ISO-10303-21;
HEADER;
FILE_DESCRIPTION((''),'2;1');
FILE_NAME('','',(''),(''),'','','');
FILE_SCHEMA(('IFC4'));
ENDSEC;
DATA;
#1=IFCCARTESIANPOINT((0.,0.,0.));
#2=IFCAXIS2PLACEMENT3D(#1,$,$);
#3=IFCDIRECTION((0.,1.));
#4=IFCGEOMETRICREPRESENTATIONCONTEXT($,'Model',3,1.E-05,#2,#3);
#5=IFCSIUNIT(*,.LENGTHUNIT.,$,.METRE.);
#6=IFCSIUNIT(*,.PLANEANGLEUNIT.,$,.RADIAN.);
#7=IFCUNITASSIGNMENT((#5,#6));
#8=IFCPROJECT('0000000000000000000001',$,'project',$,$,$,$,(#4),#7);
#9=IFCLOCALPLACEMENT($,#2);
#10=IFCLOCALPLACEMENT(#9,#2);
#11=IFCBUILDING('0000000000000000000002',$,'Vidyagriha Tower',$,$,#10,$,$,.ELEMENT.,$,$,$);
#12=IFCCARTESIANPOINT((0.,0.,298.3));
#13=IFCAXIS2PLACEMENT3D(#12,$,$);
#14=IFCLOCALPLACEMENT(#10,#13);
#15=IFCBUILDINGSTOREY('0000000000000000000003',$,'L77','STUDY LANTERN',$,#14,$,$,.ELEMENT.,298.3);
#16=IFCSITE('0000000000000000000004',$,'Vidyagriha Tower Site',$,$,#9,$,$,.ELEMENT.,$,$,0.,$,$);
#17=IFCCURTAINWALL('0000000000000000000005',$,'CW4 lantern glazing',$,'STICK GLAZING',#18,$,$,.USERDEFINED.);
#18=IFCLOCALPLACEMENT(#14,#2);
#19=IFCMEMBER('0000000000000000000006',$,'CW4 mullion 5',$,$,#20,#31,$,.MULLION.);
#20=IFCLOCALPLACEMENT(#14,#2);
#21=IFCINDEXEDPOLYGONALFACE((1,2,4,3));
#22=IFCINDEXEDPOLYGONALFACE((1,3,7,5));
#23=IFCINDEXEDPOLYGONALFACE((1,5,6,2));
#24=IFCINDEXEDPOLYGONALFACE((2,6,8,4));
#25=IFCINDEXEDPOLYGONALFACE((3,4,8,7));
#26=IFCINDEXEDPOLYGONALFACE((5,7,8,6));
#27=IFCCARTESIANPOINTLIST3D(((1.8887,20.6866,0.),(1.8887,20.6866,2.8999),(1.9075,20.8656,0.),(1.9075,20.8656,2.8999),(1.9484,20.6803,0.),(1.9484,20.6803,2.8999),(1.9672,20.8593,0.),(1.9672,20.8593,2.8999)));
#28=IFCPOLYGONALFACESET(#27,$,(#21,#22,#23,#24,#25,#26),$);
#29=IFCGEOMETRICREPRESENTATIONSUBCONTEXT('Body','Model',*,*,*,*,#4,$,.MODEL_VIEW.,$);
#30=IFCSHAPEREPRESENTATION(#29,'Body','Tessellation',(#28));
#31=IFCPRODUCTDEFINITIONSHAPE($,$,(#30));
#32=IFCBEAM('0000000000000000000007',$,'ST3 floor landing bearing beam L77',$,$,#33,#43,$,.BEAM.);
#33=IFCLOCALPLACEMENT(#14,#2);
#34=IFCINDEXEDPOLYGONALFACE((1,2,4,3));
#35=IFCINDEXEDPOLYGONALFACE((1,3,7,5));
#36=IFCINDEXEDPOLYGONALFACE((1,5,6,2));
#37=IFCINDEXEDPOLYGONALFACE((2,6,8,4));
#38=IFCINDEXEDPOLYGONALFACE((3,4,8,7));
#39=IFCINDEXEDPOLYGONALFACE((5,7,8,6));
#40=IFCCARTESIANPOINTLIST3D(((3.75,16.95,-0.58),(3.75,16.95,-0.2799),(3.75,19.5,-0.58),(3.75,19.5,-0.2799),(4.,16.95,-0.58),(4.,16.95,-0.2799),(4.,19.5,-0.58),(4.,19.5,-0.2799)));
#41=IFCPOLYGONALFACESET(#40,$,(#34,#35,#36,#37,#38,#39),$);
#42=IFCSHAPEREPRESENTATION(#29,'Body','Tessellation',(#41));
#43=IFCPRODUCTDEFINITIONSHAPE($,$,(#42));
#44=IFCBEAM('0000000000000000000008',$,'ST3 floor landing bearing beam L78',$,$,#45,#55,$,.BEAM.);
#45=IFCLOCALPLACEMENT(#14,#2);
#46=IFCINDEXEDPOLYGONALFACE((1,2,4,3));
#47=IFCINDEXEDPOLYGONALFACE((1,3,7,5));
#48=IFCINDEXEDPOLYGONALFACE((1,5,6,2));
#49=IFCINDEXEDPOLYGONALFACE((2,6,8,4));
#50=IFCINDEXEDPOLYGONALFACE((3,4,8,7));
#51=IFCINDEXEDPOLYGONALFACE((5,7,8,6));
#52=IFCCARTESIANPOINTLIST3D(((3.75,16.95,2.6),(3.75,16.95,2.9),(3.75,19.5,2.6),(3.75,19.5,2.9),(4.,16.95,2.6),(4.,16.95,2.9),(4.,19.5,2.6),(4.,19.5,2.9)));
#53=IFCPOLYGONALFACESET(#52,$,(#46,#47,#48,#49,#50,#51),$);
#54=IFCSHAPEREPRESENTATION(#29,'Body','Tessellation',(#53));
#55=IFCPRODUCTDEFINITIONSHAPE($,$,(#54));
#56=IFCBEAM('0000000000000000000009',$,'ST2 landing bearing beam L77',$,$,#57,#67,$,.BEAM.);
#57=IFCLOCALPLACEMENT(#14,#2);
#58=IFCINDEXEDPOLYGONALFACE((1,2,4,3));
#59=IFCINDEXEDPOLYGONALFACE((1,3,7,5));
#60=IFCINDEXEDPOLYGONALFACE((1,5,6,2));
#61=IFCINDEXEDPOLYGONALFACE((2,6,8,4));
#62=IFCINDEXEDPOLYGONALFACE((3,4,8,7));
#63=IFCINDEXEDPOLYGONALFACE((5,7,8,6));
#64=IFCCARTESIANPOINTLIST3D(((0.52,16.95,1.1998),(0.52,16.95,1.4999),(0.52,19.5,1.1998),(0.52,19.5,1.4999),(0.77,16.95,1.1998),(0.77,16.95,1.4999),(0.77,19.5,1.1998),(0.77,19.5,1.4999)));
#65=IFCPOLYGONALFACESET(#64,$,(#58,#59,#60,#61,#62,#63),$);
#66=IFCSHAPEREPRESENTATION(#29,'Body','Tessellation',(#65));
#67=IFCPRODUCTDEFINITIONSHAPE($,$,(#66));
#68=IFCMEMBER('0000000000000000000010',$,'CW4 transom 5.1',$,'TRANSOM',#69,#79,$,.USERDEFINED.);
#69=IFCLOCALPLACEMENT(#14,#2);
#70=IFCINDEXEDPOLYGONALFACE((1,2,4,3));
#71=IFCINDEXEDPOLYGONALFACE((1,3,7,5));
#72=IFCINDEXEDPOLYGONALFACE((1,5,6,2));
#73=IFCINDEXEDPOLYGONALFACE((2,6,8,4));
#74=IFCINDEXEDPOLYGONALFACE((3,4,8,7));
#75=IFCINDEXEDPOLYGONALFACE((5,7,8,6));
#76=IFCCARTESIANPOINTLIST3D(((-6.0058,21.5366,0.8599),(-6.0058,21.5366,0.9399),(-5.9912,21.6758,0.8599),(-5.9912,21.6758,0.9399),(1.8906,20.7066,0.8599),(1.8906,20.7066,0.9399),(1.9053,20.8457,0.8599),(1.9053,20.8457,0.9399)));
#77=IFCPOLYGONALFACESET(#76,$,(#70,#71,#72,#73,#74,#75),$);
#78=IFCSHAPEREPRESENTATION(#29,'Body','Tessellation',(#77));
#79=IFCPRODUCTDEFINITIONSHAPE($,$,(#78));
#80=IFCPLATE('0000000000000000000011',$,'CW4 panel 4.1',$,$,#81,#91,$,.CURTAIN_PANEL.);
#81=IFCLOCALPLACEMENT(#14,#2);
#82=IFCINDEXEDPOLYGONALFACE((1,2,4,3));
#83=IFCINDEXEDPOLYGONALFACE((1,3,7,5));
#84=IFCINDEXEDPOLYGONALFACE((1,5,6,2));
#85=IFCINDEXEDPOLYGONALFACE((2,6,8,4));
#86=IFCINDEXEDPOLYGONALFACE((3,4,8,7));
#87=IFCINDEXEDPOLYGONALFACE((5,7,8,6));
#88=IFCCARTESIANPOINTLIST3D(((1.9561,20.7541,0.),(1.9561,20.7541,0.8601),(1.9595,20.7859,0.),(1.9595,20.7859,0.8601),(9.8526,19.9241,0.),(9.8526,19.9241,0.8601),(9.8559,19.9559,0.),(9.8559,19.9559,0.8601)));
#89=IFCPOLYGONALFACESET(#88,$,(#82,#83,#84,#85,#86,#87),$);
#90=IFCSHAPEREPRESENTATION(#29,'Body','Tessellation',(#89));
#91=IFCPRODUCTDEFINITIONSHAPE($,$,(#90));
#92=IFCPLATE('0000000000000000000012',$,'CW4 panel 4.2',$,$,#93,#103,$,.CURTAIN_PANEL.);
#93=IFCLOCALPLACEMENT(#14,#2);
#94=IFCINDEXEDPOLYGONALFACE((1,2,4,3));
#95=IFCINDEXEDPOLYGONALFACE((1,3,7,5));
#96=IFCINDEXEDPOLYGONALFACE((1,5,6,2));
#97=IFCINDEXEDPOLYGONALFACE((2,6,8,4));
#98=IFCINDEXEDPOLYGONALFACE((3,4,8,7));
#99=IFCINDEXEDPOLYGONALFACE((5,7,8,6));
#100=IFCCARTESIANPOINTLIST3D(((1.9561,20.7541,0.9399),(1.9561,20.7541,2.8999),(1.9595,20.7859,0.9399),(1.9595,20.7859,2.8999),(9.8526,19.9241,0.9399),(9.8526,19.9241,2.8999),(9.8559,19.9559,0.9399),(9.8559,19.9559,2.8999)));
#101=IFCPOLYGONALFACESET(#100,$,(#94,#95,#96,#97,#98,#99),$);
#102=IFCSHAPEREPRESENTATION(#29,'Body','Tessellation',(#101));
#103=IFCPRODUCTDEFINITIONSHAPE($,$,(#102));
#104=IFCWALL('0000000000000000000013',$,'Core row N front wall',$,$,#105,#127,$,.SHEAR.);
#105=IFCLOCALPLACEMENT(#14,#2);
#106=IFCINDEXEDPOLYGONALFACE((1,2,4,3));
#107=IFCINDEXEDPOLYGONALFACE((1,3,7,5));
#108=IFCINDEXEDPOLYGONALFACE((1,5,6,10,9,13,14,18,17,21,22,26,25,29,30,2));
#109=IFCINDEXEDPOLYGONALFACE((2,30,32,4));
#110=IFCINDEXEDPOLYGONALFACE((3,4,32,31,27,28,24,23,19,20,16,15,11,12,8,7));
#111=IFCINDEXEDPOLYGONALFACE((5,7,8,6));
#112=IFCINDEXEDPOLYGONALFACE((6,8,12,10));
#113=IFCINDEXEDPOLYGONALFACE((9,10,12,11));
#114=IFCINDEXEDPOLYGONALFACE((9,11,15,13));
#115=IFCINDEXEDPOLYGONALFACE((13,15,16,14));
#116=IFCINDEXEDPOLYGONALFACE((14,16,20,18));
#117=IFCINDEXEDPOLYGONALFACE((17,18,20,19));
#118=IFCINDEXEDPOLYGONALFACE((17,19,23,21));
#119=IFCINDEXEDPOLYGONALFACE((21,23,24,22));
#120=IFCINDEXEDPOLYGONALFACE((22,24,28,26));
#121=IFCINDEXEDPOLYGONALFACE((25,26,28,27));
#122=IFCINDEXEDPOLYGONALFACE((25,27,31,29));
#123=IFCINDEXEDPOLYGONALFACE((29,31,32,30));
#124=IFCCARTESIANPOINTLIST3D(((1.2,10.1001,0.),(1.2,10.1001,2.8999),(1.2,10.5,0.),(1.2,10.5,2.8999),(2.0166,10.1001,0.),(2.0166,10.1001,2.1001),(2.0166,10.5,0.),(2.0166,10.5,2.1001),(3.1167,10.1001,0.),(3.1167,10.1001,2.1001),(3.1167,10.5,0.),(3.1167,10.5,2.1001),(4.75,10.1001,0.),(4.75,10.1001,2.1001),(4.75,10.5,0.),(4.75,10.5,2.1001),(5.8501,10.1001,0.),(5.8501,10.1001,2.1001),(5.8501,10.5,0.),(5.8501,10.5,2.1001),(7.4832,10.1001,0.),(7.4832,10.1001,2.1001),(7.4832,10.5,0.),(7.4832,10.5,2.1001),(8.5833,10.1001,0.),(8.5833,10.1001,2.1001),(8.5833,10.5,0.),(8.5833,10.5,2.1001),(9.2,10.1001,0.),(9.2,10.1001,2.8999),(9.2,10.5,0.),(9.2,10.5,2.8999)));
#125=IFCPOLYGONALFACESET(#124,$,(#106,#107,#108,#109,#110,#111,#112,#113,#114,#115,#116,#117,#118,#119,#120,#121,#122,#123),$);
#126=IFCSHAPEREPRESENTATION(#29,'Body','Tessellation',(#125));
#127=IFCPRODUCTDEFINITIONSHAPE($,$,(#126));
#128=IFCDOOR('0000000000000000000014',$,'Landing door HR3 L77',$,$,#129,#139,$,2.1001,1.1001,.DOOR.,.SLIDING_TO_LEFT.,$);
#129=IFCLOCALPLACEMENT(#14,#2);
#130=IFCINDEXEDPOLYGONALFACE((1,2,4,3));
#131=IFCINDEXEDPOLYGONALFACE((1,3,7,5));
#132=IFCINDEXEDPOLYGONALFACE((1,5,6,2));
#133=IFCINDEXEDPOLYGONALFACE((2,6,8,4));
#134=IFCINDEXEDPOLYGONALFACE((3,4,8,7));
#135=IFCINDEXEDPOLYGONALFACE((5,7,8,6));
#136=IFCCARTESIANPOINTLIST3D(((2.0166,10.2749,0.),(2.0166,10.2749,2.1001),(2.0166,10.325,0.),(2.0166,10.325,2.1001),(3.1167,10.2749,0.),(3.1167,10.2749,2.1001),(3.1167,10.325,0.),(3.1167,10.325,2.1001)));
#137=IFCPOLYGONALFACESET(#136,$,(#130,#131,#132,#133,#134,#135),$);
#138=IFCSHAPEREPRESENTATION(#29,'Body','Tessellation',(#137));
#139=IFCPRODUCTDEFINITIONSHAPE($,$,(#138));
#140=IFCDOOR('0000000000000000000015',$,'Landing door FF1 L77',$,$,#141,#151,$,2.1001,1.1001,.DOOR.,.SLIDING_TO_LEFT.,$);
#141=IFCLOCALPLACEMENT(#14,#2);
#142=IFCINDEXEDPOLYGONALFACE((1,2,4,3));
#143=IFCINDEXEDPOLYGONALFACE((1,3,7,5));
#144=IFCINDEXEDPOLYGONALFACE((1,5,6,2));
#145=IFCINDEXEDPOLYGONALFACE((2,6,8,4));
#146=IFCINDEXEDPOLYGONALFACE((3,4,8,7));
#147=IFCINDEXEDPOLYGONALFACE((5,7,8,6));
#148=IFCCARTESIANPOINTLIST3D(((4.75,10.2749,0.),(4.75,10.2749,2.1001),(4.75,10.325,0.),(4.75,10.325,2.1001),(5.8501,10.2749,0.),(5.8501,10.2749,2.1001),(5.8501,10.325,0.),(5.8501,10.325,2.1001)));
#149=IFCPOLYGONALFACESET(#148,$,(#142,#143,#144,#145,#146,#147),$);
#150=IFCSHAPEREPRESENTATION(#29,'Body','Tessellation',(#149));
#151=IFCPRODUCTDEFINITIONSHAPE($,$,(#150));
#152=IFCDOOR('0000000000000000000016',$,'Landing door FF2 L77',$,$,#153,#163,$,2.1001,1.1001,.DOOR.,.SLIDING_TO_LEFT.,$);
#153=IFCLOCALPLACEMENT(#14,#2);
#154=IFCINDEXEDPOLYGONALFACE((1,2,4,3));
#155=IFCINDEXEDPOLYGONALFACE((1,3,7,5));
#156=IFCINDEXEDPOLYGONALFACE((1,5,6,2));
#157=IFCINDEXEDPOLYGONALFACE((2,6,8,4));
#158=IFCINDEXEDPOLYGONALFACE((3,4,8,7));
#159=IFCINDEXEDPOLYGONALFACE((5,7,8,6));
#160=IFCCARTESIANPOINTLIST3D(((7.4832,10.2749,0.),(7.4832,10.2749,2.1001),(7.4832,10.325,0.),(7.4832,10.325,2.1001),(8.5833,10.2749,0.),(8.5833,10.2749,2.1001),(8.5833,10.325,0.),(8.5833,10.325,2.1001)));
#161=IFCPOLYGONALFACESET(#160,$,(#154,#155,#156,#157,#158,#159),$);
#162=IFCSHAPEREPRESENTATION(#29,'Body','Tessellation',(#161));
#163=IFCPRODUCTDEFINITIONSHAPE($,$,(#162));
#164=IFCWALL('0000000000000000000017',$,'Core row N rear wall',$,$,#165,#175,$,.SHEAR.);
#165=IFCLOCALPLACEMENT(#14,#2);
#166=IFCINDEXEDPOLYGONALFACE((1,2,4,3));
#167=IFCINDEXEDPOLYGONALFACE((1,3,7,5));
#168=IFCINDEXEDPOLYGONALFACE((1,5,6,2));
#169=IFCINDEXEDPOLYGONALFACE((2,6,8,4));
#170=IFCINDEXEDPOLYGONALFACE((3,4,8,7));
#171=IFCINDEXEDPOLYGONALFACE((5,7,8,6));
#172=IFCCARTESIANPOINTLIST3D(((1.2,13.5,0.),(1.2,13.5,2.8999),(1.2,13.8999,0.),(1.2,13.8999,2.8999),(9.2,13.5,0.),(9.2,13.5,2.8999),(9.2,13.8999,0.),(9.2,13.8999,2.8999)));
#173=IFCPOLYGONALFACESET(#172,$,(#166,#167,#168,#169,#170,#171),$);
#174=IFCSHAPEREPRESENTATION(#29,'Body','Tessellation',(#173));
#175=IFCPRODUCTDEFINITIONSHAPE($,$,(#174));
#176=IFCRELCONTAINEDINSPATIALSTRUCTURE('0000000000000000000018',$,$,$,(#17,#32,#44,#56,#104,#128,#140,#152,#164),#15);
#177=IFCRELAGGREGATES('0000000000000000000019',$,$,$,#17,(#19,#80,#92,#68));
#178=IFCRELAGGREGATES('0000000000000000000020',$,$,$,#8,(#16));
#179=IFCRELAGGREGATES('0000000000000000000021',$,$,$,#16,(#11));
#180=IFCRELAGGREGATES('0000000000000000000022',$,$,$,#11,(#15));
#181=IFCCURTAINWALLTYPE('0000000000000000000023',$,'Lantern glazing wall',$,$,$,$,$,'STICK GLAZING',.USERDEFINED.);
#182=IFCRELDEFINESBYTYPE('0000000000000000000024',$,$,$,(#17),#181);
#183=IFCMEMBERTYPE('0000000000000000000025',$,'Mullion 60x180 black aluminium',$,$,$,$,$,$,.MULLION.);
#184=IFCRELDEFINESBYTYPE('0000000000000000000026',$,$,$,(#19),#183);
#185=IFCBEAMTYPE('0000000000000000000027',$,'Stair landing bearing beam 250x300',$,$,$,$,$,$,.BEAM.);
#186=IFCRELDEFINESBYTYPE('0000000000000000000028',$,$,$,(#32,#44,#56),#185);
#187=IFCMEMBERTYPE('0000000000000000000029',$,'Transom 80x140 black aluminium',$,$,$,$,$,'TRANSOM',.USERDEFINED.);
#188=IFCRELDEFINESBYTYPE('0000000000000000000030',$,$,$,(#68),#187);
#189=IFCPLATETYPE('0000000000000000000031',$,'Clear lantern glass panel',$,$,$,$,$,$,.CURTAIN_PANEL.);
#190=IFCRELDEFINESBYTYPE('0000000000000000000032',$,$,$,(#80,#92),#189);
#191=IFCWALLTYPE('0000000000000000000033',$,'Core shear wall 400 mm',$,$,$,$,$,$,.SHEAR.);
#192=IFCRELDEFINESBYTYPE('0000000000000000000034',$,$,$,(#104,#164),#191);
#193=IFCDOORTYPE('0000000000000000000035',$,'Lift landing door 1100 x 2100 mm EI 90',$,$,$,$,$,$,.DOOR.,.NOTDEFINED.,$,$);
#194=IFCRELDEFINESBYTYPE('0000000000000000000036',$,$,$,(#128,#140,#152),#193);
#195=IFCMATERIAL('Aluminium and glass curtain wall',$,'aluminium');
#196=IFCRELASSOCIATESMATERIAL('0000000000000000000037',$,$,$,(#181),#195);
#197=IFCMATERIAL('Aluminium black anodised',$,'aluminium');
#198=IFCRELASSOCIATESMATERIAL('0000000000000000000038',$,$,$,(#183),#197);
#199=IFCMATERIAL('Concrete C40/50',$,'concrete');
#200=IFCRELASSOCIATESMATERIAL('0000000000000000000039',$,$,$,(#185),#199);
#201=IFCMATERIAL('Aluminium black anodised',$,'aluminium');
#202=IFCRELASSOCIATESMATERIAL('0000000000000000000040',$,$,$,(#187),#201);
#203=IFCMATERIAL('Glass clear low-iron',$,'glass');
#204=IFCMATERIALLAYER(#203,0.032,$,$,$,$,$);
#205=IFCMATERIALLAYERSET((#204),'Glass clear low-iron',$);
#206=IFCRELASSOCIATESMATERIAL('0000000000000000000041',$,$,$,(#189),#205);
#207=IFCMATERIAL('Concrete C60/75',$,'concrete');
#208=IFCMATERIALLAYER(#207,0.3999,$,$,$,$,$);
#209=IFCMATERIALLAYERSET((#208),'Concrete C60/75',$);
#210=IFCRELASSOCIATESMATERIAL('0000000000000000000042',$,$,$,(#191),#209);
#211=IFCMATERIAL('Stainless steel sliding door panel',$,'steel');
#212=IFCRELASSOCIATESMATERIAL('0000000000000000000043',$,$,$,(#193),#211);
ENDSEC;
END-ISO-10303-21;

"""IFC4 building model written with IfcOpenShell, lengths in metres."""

from ifc_helpers import new_model, si_unit, direction, frame, frame_2d, origin, origin_2d, place, context, subcontext, project, spatial, rectangle, extrude, material, layer, layer_set, material_profile, profile_set, type_object, element, fill, aggregate, save


model = new_model("IFC4")

# Units and contexts
model_context = context("Model", 3, precision=1e-05, world=origin(), true_north=direction((0.0, 1.0)))
body_context = subcontext(model_context, "Body", "Model", "MODEL_VIEW")
ifc_project = project(units=[si_unit("LENGTHUNIT", "METRE"), si_unit("PLANEANGLEUNIT", "RADIAN")], contexts=[model_context])

# Site, building, storey
site_placement = place(None, origin())
site = spatial("IfcSite", under=ifc_project, at=site_placement, Name="Vidyagriha Tower Site", CompositionType="ELEMENT", RefElevation=0.0)
building_placement = place(site_placement, origin())
building = spatial("IfcBuilding", under=site, at=building_placement, Name="Vidyagriha Tower", CompositionType="ELEMENT")
storey_placement = place(building_placement, frame((0.0, 0.0, 298.3)))
storey = spatial("IfcBuildingStorey", under=building, at=storey_placement, Name="L77", Description="STUDY LANTERN", CompositionType="ELEMENT", Elevation=298.3)

# Curtain wall, member
ifc_material_1 = material(Name="Aluminium and glass curtain wall", Category="aluminium")
curtain_wall_type = type_object("IfcCurtainWallType", Name="Lantern glazing wall", ElementType="STICK GLAZING", PredefinedType="USERDEFINED", material=ifc_material_1)
curtain_wall_placement = place(storey_placement, origin())
curtain_wall = element("IfcCurtainWall", 1, at=curtain_wall_placement, inside=storey, type_object=curtain_wall_type, Name="CW4 lantern glazing", ObjectType="STICK GLAZING", PredefinedType="USERDEFINED")
ifc_material_2 = material(Name="Aluminium black anodised", Category="aluminium")
ifc_material_profile_1 = material_profile(ifc_material_2, rectangle(XDim=0.1799, YDim=0.0601, at=origin_2d()), Name="Mullion 60x180 black aluminium")
ifc_profile_set_1 = profile_set([ifc_material_profile_1], Name="Aluminium black anodised")
member_type_1 = type_object("IfcMemberType", Name="Mullion 60x180 black aluminium", PredefinedType="MULLION", material=ifc_profile_set_1)
member_1_placement = place(storey_placement, frame((1.928, 20.7729, 0.0), z_axis=(0.0, 0.0, 1.0), x_axis=(-0.104528, -0.994522, 0.0)))
member_1 = element("IfcMember", 2, at=member_1_placement, type_object=member_type_1, Name="CW4 mullion 5", PredefinedType="MULLION", context=body_context, shape_type="SweptSolid", body=[
    extrude(rectangle(XDim=0.1799, YDim=0.0601, at=origin_2d()), origin(), (0.0, 0.0, 1.0), 2.8999),
])

# Beams
ifc_material_3 = material(Name="Concrete C40/50", Category="concrete")
ifc_material_profile_2 = material_profile(ifc_material_3, rectangle(XDim=0.25, YDim=0.3, at=origin_2d()), Name="Stair landing bearing beam 250x300")
ifc_profile_set_2 = profile_set([ifc_material_profile_2], Name="Concrete C40/50")
beam_type = type_object("IfcBeamType", Name="Stair landing bearing beam 250x300", PredefinedType="BEAM", material=ifc_profile_set_2)
for number, where, z_axis, x_axis, name in (
    (3, (3.875, 16.95, -0.4299), (0.0, 1.0, 0.0), (-1.0, 0.0, 0.0), "ST3 floor landing bearing beam L77"),
    (4, (3.875, 16.95, 2.75), (0.0, 1.0, 0.0), (-1.0, 0.0, 0.0), "ST3 floor landing bearing beam L78"),
    (5, (0.645, 16.95, 1.3499), (0.0, 1.0, 0.0), (-1.0, 0.0, 0.0), "ST2 landing bearing beam L77"),
):
    element("IfcBeam", number, at=place(storey_placement, frame(where, z_axis=z_axis, x_axis=x_axis)), inside=storey, type_object=beam_type, Name=name, PredefinedType="BEAM", context=body_context, shape_type="SweptSolid", body=[
        extrude(rectangle(XDim=0.25, YDim=0.3, at=origin_2d()), origin(), (0.0, 0.0, 1.0), 2.55),
    ])

# Member
ifc_material_4 = material(Name="Aluminium black anodised", Category="aluminium")
ifc_material_profile_3 = material_profile(ifc_material_4, rectangle(XDim=0.1399, YDim=0.0801, at=origin_2d()), Name="Transom 80x140 black aluminium")
ifc_profile_set_3 = profile_set([ifc_material_profile_3], Name="Aluminium black anodised")
member_type_2 = type_object("IfcMemberType", Name="Transom 80x140 black aluminium", ElementType="TRANSOM", PredefinedType="USERDEFINED", material=ifc_profile_set_3)
member_2_placement = place(storey_placement, frame((1.8979, 20.7761, 0.8999), z_axis=(-0.99452, 0.104544, 0.0), x_axis=(-0.104544, -0.99452, 0.0)))
member_2 = element("IfcMember", 6, at=member_2_placement, type_object=member_type_2, Name="CW4 transom 5.1", ObjectType="TRANSOM", PredefinedType="USERDEFINED", context=body_context, shape_type="SweptSolid", body=[
    extrude(rectangle(XDim=0.1399, YDim=0.0801, at=origin_2d()), origin(), (0.0, 0.0, 1.0), 7.9399),
])

# Plates
ifc_material_5 = material(Name="Glass clear low-iron", Category="glass")
ifc_layer_1 = layer(ifc_material_5, 0.032)
ifc_layer_set_1 = layer_set([ifc_layer_1], Name="Glass clear low-iron")
plate_type = type_object("IfcPlateType", Name="Clear lantern glass panel", PredefinedType="CURTAIN_PANEL", material=ifc_layer_set_1)
plate_1_placement = place(storey_placement, frame((5.906, 20.355, 0.0), z_axis=(0.0, 0.0, 1.0), x_axis=(-0.994522, 0.104528, 0.0)))
plate_1 = element("IfcPlate", 7, at=plate_1_placement, type_object=plate_type, Name="CW4 panel 4.1", PredefinedType="CURTAIN_PANEL", context=body_context, shape_type="SweptSolid", body=[
    extrude(rectangle(XDim=7.9399, YDim=0.032, at=origin_2d()), origin(), (0.0, 0.0, 1.0), 0.8601),
])
plate_2_placement = place(storey_placement, frame((5.906, 20.355, 0.9399), z_axis=(0.0, 0.0, 1.0), x_axis=(-0.994522, 0.104528, 0.0)))
plate_2 = element("IfcPlate", 8, at=plate_2_placement, type_object=plate_type, Name="CW4 panel 4.2", PredefinedType="CURTAIN_PANEL", context=body_context, shape_type="SweptSolid", body=[
    extrude(rectangle(XDim=7.9399, YDim=0.032, at=origin_2d()), origin(), (0.0, 0.0, 1.0), 1.96),
])
aggregate(curtain_wall, [member_1, plate_1, plate_2, member_2])

# Wall, openings, doors
ifc_material_6 = material(Name="Concrete C60/75", Category="concrete")
ifc_layer_2 = layer(ifc_material_6, 0.3999)
ifc_layer_set_2 = layer_set([ifc_layer_2], Name="Concrete C60/75")
wall_type_1 = type_object("IfcWallType", Name="Core shear wall 400 mm", PredefinedType="SHEAR", material=ifc_layer_set_2)
wall_1_placement = place(storey_placement, frame((1.2, 10.3, 0.0)))
wall_1 = element("IfcWall", 9, at=wall_1_placement, inside=storey, type_object=wall_type_1, Name="Core row N front wall", PredefinedType="SHEAR", context=body_context, shape_type="SweptSolid", body=[
    extrude(rectangle(XDim=8.0, YDim=0.3999, at=frame_2d((4.0, 0.0))), origin(), (0.0, 0.0, 1.0), 2.8999),
])
opening_1_placement = place(wall_1_placement, frame((0.8167, 0.0, 0.0)))
opening_1 = element("IfcOpeningElement", 10, at=opening_1_placement, cuts=wall_1, PredefinedType="OPENING", context=body_context, shape_type="SweptSolid", body=[
    extrude(rectangle(XDim=1.1001, YDim=2.1001, at=frame_2d((0.55, 1.05))), frame((0.0, 0.21, 0.0), z_axis=(0.0, -1.0, 0.0), x_axis=(1.0, 0.0, 0.0)), (0.0, 0.0, 1.0), 0.4199),
])
opening_2_placement = place(wall_1_placement, frame((3.55, 0.0, 0.0)))
opening_2 = element("IfcOpeningElement", 11, at=opening_2_placement, cuts=wall_1, PredefinedType="OPENING", context=body_context, shape_type="SweptSolid", body=[
    extrude(rectangle(XDim=1.1001, YDim=2.1001, at=frame_2d((0.55, 1.05))), frame((0.0, 0.21, 0.0), z_axis=(0.0, -1.0, 0.0), x_axis=(1.0, 0.0, 0.0)), (0.0, 0.0, 1.0), 0.4199),
])
opening_3_placement = place(wall_1_placement, frame((6.2832, 0.0, 0.0)))
opening_3 = element("IfcOpeningElement", 12, at=opening_3_placement, cuts=wall_1, PredefinedType="OPENING", context=body_context, shape_type="SweptSolid", body=[
    extrude(rectangle(XDim=1.1001, YDim=2.1001, at=frame_2d((0.55, 1.05))), frame((0.0, 0.21, 0.0), z_axis=(0.0, -1.0, 0.0), x_axis=(1.0, 0.0, 0.0)), (0.0, 0.0, 1.0), 0.4199),
])
ifc_material_7 = material(Name="Stainless steel sliding door panel", Category="steel")
door_type_1 = type_object("IfcDoorType", Name="Lift landing door 1100 x 2100 mm EI 90", OperationType="NOTDEFINED", PredefinedType="DOOR", material=ifc_material_7)
door_1_placement = place(opening_1_placement, origin())
door_1 = element("IfcDoor", 13, at=door_1_placement, inside=storey, type_object=door_type_1, Name="Landing door HR3 L77", OperationType="SLIDING_TO_LEFT", OverallHeight=2.1001, OverallWidth=1.1001, PredefinedType="DOOR", context=body_context, shape_type="SweptSolid", body=[
    extrude(rectangle(XDim=1.1001, YDim=2.1001, at=frame_2d((0.55, 1.05))), frame((0.0, 0.0249, 0.0), z_axis=(0.0, -1.0, 0.0), x_axis=(1.0, 0.0, 0.0)), (0.0, 0.0, 1.0), 0.05),
])
fill(opening_1, door_1)
door_2_placement = place(opening_2_placement, origin())
door_2 = element("IfcDoor", 14, at=door_2_placement, inside=storey, type_object=door_type_1, Name="Landing door FF1 L77", OperationType="SLIDING_TO_LEFT", OverallHeight=2.1001, OverallWidth=1.1001, PredefinedType="DOOR", context=body_context, shape_type="SweptSolid", body=[
    extrude(rectangle(XDim=1.1001, YDim=2.1001, at=frame_2d((0.55, 1.05))), frame((0.0, 0.0249, 0.0), z_axis=(0.0, -1.0, 0.0), x_axis=(1.0, 0.0, 0.0)), (0.0, 0.0, 1.0), 0.05),
])
fill(opening_2, door_2)
door_3_placement = place(opening_3_placement, origin())
door_3 = element("IfcDoor", 15, at=door_3_placement, inside=storey, type_object=door_type_1, Name="Landing door FF2 L77", OperationType="SLIDING_TO_LEFT", OverallHeight=2.1001, OverallWidth=1.1001, PredefinedType="DOOR", context=body_context, shape_type="SweptSolid", body=[
    extrude(rectangle(XDim=1.1001, YDim=2.1001, at=frame_2d((0.55, 1.05))), frame((0.0, 0.0249, 0.0), z_axis=(0.0, -1.0, 0.0), x_axis=(1.0, 0.0, 0.0)), (0.0, 0.0, 1.0), 0.05),
])
fill(opening_3, door_3)

# Wall
wall_2_placement = place(storey_placement, frame((1.2, 13.7, 0.0)))
element("IfcWall", 16, at=wall_2_placement, inside=storey, type_object=wall_type_1, Name="Core row N rear wall", PredefinedType="SHEAR", context=body_context, shape_type="SweptSolid", body=[
    extrude(rectangle(XDim=8.0, YDim=0.3999, at=frame_2d((4.0, 0.0))), origin(), (0.0, 0.0, 1.0), 2.8999),
])

save(model, "model.ifc")
